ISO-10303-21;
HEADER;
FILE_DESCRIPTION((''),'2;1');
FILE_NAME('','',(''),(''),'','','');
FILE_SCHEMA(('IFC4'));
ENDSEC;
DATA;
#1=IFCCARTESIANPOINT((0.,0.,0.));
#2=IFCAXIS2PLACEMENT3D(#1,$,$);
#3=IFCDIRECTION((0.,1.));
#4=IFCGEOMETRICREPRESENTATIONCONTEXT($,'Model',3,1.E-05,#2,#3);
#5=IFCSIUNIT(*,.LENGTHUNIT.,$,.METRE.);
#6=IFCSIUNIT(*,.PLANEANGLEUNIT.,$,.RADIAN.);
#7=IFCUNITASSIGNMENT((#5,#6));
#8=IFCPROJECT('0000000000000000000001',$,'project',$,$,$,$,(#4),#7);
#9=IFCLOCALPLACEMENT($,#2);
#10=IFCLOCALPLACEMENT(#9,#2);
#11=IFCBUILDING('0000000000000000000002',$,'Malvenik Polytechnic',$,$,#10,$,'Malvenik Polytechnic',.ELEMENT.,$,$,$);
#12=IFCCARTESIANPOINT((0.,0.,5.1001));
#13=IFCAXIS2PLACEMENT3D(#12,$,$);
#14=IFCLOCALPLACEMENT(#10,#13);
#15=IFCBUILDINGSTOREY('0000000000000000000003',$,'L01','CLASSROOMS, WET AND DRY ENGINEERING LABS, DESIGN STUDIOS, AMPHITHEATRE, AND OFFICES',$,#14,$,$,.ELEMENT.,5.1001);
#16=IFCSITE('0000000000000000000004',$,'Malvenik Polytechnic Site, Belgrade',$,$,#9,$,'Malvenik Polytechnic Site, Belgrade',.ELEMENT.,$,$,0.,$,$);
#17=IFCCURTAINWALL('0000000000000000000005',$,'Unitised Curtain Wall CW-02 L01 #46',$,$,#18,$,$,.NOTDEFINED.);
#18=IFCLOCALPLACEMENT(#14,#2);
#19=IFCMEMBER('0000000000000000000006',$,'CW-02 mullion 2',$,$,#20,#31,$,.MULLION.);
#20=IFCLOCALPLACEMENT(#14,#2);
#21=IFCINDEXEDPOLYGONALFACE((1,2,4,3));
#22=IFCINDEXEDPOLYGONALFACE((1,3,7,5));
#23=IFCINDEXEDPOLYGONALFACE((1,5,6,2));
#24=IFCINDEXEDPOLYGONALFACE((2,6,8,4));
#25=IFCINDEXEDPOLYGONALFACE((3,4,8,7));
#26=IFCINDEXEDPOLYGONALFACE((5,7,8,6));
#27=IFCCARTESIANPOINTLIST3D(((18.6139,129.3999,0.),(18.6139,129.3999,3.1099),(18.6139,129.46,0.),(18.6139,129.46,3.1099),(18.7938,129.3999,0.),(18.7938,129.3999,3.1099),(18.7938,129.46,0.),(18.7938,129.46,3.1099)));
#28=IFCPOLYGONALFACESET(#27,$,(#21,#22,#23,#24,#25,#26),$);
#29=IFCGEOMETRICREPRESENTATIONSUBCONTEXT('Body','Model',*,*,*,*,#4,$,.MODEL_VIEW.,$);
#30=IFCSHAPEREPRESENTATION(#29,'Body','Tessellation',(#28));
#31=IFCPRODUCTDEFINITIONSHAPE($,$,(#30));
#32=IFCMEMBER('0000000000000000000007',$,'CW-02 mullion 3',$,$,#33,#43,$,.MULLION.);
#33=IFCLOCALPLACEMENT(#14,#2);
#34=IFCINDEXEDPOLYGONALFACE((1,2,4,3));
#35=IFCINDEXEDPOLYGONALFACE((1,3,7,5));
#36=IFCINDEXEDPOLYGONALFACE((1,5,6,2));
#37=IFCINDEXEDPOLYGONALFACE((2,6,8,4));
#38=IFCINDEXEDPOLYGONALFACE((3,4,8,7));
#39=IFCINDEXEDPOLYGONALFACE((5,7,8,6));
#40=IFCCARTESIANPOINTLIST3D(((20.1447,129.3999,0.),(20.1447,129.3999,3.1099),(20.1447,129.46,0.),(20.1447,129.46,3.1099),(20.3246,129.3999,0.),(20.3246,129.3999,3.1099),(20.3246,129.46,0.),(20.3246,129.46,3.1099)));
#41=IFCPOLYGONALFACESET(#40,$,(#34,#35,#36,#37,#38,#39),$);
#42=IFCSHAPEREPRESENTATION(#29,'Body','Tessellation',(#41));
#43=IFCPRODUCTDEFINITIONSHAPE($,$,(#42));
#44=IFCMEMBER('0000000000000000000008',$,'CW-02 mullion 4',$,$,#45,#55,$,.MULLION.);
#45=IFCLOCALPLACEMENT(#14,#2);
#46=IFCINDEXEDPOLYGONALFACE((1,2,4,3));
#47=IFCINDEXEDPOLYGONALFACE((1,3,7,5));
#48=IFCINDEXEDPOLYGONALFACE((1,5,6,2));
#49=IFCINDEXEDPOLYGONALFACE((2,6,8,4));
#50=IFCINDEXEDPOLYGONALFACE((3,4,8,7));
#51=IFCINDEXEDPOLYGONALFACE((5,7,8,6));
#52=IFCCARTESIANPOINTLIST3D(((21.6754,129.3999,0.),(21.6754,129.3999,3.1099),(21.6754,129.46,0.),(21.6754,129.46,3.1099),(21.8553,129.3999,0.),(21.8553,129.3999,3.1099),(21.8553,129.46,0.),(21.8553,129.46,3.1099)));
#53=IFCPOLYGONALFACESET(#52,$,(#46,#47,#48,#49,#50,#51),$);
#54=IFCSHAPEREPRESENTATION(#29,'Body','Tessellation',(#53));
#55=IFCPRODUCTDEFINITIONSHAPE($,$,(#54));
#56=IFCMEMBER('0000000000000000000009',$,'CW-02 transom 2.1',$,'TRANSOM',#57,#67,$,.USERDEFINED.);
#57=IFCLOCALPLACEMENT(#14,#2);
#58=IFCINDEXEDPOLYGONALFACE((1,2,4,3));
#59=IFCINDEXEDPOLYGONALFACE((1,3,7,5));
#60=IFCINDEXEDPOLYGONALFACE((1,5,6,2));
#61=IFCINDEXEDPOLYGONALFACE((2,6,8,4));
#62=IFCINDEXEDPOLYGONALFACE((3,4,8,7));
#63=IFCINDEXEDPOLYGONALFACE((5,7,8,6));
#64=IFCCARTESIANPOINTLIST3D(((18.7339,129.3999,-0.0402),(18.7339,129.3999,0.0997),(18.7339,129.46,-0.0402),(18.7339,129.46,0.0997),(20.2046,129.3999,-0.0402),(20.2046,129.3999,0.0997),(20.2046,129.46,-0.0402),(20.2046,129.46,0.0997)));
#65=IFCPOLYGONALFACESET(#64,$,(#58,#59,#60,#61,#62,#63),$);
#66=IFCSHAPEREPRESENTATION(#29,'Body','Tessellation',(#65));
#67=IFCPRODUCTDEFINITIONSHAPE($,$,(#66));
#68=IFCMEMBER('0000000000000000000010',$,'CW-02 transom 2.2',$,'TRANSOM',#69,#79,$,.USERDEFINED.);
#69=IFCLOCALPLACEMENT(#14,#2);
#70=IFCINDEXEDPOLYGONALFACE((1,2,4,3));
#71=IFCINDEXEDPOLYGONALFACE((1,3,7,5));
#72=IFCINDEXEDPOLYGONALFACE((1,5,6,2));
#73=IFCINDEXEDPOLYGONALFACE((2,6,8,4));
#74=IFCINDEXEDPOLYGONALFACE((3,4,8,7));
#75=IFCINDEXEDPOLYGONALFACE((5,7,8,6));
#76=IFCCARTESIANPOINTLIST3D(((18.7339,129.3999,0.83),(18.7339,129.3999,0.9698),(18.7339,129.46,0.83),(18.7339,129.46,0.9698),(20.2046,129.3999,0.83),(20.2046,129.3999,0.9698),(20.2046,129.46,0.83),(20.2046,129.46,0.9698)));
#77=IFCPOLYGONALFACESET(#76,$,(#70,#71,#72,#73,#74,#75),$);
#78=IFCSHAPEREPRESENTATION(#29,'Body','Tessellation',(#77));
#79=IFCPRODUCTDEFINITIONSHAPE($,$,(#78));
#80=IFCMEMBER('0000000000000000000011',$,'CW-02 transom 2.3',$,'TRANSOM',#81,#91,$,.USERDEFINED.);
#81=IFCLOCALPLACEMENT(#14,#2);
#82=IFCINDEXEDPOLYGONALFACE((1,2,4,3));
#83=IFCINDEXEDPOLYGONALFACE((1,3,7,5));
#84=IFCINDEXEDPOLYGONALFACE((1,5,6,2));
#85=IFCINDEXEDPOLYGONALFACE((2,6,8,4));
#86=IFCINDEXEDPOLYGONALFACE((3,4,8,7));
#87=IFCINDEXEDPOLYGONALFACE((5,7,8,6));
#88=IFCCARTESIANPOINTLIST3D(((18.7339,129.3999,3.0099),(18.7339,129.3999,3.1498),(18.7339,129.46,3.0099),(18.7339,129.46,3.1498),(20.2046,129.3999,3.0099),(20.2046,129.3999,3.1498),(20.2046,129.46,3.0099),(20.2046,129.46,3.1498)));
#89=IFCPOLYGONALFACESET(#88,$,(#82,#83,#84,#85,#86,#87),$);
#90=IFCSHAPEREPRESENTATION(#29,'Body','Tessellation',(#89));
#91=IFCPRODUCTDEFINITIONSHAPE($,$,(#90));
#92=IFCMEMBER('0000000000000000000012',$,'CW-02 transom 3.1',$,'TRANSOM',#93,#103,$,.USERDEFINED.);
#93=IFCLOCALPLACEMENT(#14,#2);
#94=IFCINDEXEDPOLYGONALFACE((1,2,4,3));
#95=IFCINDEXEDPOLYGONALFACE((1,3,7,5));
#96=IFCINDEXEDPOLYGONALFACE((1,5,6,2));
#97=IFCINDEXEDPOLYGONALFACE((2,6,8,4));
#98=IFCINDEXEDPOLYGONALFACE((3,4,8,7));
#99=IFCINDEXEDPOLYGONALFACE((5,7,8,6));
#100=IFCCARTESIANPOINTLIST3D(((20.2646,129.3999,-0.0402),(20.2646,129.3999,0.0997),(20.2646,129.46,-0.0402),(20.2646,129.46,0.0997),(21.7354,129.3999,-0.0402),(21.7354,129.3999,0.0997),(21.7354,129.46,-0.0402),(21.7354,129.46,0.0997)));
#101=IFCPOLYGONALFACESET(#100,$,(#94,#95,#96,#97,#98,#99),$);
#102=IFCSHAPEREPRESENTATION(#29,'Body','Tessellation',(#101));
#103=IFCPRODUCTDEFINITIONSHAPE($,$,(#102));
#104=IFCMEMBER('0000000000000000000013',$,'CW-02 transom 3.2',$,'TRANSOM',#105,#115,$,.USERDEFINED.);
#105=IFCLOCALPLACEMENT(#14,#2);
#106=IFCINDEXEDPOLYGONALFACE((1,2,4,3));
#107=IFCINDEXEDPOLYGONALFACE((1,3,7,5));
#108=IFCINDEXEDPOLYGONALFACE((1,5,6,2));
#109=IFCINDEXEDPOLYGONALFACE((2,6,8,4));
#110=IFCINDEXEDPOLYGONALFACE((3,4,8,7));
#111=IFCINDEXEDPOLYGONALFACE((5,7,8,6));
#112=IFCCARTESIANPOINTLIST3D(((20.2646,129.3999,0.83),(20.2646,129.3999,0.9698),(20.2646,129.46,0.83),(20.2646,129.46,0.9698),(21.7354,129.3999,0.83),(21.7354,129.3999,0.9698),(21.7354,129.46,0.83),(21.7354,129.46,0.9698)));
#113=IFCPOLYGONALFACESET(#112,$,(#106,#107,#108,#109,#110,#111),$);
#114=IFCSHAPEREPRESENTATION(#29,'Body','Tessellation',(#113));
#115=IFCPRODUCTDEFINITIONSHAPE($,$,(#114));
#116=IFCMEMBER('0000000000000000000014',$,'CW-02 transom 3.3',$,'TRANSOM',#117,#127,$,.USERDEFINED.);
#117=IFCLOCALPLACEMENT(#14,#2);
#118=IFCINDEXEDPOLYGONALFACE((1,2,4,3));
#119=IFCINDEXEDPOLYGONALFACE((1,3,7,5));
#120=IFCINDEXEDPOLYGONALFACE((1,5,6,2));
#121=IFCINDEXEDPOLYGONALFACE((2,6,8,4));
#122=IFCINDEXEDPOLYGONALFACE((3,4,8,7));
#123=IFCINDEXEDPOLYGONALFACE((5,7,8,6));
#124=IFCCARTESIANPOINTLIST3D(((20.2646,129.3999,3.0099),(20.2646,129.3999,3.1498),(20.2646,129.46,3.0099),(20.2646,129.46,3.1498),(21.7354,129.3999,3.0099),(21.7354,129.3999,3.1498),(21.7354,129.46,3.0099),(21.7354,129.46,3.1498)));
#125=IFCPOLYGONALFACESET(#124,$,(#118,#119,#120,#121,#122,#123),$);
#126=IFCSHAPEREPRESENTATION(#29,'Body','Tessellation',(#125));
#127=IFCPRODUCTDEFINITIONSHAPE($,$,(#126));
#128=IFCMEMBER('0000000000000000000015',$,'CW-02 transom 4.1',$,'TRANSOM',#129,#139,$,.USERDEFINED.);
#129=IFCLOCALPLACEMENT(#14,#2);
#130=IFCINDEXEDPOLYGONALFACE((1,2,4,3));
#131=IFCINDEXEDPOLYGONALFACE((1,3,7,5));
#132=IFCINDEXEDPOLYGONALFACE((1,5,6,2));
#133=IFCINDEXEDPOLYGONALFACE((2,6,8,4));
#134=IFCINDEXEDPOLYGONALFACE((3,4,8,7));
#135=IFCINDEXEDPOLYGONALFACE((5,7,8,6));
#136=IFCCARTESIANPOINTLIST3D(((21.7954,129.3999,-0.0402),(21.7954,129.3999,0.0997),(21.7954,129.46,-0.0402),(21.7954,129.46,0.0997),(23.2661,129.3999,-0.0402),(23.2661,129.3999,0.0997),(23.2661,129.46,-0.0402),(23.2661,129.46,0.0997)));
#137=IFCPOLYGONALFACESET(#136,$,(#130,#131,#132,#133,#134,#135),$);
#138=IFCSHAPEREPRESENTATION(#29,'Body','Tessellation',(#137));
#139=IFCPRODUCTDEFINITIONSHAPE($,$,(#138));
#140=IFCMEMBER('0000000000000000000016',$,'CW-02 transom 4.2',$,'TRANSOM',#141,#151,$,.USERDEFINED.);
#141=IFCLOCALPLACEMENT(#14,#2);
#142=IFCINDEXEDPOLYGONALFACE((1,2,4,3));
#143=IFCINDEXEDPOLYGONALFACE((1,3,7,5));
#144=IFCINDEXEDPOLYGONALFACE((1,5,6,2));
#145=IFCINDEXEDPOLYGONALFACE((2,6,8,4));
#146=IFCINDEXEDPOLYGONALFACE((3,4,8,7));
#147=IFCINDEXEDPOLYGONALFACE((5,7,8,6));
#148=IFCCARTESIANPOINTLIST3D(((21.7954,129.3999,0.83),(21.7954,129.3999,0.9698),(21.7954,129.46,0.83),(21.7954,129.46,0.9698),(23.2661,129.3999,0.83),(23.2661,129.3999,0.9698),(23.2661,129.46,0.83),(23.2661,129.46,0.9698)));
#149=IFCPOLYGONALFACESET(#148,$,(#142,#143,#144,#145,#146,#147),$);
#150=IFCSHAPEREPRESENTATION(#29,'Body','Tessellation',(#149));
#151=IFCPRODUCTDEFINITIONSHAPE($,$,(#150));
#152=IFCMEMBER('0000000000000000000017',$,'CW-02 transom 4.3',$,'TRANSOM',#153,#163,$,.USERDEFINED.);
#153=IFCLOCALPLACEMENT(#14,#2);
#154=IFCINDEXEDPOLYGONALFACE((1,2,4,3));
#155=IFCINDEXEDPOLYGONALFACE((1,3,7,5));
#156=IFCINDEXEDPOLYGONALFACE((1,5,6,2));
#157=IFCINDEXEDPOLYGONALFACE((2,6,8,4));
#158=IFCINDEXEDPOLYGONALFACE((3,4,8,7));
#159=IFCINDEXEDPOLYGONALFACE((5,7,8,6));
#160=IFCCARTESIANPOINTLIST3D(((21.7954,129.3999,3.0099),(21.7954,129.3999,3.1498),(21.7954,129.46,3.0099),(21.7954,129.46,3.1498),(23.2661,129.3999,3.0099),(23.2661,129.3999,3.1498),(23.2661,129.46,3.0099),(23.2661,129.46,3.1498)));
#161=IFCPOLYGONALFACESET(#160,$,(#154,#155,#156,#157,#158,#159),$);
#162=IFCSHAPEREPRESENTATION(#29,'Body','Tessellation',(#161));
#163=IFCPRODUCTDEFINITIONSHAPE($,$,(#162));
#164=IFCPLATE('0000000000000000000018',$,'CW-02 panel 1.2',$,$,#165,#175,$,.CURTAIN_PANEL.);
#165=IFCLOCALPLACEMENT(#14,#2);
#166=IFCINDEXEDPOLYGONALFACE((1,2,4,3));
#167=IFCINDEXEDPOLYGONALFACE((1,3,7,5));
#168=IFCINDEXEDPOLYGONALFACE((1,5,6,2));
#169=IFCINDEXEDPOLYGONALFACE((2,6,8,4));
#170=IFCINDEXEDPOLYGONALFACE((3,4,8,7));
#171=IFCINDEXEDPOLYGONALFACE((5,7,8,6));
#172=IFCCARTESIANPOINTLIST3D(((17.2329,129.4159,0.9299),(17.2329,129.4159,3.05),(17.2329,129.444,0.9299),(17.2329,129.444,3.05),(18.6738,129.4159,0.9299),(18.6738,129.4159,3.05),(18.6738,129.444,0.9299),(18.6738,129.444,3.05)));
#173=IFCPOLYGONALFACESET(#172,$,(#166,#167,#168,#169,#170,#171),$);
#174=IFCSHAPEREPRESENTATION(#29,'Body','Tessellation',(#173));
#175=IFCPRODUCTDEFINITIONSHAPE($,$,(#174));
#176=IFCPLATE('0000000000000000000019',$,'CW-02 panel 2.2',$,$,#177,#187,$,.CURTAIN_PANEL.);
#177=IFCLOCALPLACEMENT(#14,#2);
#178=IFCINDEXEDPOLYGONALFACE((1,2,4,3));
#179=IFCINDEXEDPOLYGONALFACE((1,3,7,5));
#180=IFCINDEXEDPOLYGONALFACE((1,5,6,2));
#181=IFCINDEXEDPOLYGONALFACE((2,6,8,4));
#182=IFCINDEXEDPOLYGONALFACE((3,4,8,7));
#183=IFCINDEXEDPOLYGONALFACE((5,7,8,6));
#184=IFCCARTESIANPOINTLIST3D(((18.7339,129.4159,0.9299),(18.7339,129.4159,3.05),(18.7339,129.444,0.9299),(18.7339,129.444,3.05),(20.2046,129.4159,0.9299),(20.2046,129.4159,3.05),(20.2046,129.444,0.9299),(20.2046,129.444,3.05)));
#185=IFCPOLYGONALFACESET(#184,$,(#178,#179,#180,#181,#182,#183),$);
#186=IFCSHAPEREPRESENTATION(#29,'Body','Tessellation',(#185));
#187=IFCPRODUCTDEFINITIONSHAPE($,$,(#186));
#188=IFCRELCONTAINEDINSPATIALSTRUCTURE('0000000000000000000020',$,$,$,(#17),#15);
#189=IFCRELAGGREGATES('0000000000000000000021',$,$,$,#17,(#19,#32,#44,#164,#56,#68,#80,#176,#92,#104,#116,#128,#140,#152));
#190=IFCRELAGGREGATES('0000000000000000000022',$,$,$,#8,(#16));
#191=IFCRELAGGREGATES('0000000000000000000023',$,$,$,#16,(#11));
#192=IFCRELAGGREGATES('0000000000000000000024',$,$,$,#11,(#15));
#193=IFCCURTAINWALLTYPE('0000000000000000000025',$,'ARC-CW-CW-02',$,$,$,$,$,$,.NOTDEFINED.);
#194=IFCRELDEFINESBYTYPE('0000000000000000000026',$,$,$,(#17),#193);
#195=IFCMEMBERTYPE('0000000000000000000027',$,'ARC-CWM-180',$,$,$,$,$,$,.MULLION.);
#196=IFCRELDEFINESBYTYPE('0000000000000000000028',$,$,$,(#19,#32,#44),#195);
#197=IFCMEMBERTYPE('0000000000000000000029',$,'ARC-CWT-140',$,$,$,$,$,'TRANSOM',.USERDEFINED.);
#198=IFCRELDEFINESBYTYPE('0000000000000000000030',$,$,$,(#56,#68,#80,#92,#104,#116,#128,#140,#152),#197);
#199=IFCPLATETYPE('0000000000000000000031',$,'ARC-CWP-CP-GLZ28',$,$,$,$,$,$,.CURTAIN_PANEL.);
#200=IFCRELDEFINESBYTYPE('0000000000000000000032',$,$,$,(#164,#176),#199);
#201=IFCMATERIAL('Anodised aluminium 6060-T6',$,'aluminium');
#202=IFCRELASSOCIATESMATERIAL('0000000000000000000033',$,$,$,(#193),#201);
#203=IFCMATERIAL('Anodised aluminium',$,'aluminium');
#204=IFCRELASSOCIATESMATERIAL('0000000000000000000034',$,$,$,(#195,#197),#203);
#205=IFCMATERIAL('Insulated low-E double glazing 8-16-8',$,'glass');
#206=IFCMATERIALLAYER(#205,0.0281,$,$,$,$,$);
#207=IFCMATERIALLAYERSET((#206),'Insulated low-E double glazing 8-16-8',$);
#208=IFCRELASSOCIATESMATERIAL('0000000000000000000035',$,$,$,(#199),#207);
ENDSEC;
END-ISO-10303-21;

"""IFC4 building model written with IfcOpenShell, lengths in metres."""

from ifc_helpers import new_model, si_unit, direction, frame, origin, origin_2d, place, context, subcontext, project, spatial, rectangle, extrude, material, layer, layer_set, material_profile, profile_set, type_object, element, aggregate, save


model = new_model("IFC4")

# Units and contexts
model_context = context("Model", 3, precision=1e-05, world=origin(), true_north=direction((0.0, 1.0)))
body_context = subcontext(model_context, "Body", "Model", "MODEL_VIEW")
ifc_project = project(units=[si_unit("LENGTHUNIT", "METRE"), si_unit("PLANEANGLEUNIT", "RADIAN")], contexts=[model_context])

# Site, building, storey
site_placement = place(None, origin())
site = spatial("IfcSite", under=ifc_project, at=site_placement, Name="Malvenik Polytechnic Site, Belgrade", LongName="Malvenik Polytechnic Site, Belgrade", CompositionType="ELEMENT", RefElevation=0.0)
building_placement = place(site_placement, origin())
building = spatial("IfcBuilding", under=site, at=building_placement, Name="Malvenik Polytechnic", LongName="Malvenik Polytechnic", CompositionType="ELEMENT")
storey_placement = place(building_placement, frame((0.0, 0.0, 5.1001)))
storey = spatial("IfcBuildingStorey", under=building, at=storey_placement, Name="L01", Description="CLASSROOMS, WET AND DRY ENGINEERING LABS, DESIGN STUDIOS, AMPHITHEATRE, AND OFFICES", CompositionType="ELEMENT", Elevation=5.1001)

# Curtain wall, members, plates
ifc_material_1 = material(Name="Anodised aluminium 6060-T6", Category="aluminium")
curtain_wall_type = type_object("IfcCurtainWallType", Name="ARC-CW-CW-02", PredefinedType="NOTDEFINED", material=ifc_material_1)
curtain_wall_placement = place(storey_placement, origin())
curtain_wall = element("IfcCurtainWall", 1, at=curtain_wall_placement, inside=storey, type_object=curtain_wall_type, Name="Unitised Curtain Wall CW-02 L01 #46", PredefinedType="NOTDEFINED")
ifc_material_2 = material(Name="Anodised aluminium", Category="aluminium")
ifc_material_profile_1 = material_profile(ifc_material_2, rectangle(XDim=0.0601, YDim=0.1799, at=origin_2d()), Name="ALU MULLION 60x180")
ifc_profile_set_1 = profile_set([ifc_material_profile_1], Name="Anodised aluminium")
member_type_1 = type_object("IfcMemberType", Name="ARC-CWM-180", PredefinedType="MULLION", material=ifc_profile_set_1)
member_1_placement = place(storey_placement, frame((18.7039, 129.4299, 0.0), z_axis=(0.0, 0.0, 1.0), x_axis=(0.0, 1.0, 0.0)))
member_1 = element("IfcMember", 2, at=member_1_placement, type_object=member_type_1, Name="CW-02 mullion 2", PredefinedType="MULLION", context=body_context, shape_type="SweptSolid", body=[
    extrude(rectangle(XDim=0.0601, YDim=0.1799, at=origin_2d()), origin(), (0.0, 0.0, 1.0), 3.1099),
])
member_2_placement = place(storey_placement, frame((20.2346, 129.4299, 0.0), z_axis=(0.0, 0.0, 1.0), x_axis=(0.0, 1.0, 0.0)))
member_2 = element("IfcMember", 3, at=member_2_placement, type_object=member_type_1, Name="CW-02 mullion 3", PredefinedType="MULLION", context=body_context, shape_type="SweptSolid", body=[
    extrude(rectangle(XDim=0.0601, YDim=0.1799, at=origin_2d()), origin(), (0.0, 0.0, 1.0), 3.1099),
])
member_3_placement = place(storey_placement, frame((21.7654, 129.4299, 0.0), z_axis=(0.0, 0.0, 1.0), x_axis=(0.0, 1.0, 0.0)))
member_3 = element("IfcMember", 4, at=member_3_placement, type_object=member_type_1, Name="CW-02 mullion 4", PredefinedType="MULLION", context=body_context, shape_type="SweptSolid", body=[
    extrude(rectangle(XDim=0.0601, YDim=0.1799, at=origin_2d()), origin(), (0.0, 0.0, 1.0), 3.1099),
])
ifc_material_profile_2 = material_profile(ifc_material_2, rectangle(XDim=0.0601, YDim=0.1399, at=origin_2d()), Name="ALU TRANSOM 60x140")
ifc_profile_set_2 = profile_set([ifc_material_profile_2], Name="Anodised aluminium")
member_type_2 = type_object("IfcMemberType", Name="ARC-CWT-140", ElementType="TRANSOM", PredefinedType="USERDEFINED", material=ifc_profile_set_2)
member_4_placement = place(storey_placement, frame((18.7339, 129.4299, 0.0298), z_axis=(1.0, 0.0, 0.0), x_axis=(0.0, 1.0, 0.0)))
member_4 = element("IfcMember", 5, at=member_4_placement, type_object=member_type_2, Name="CW-02 transom 2.1", ObjectType="TRANSOM", PredefinedType="USERDEFINED", context=body_context, shape_type="SweptSolid", body=[
    extrude(rectangle(XDim=0.0601, YDim=0.1399, at=origin_2d()), origin(), (0.0, 0.0, 1.0), 1.4707),
])
member_5_placement = place(storey_placement, frame((18.7339, 129.4299, 0.8999), z_axis=(1.0, 0.0, 0.0), x_axis=(0.0, 1.0, 0.0)))
member_5 = element("IfcMember", 6, at=member_5_placement, type_object=member_type_2, Name="CW-02 transom 2.2", ObjectType="TRANSOM", PredefinedType="USERDEFINED", context=body_context, shape_type="SweptSolid", body=[
    extrude(rectangle(XDim=0.0601, YDim=0.1399, at=origin_2d()), origin(), (0.0, 0.0, 1.0), 1.4707),
])
member_6_placement = place(storey_placement, frame((18.7339, 129.4299, 3.0798), z_axis=(1.0, 0.0, 0.0), x_axis=(0.0, 1.0, 0.0)))
member_6 = element("IfcMember", 7, at=member_6_placement, type_object=member_type_2, Name="CW-02 transom 2.3", ObjectType="TRANSOM", PredefinedType="USERDEFINED", context=body_context, shape_type="SweptSolid", body=[
    extrude(rectangle(XDim=0.0601, YDim=0.1399, at=origin_2d()), origin(), (0.0, 0.0, 1.0), 1.4707),
])
member_7_placement = place(storey_placement, frame((20.2646, 129.4299, 0.0298), z_axis=(1.0, 0.0, 0.0), x_axis=(0.0, 1.0, 0.0)))
member_7 = element("IfcMember", 8, at=member_7_placement, type_object=member_type_2, Name="CW-02 transom 3.1", ObjectType="TRANSOM", PredefinedType="USERDEFINED", context=body_context, shape_type="SweptSolid", body=[
    extrude(rectangle(XDim=0.0601, YDim=0.1399, at=origin_2d()), origin(), (0.0, 0.0, 1.0), 1.4707),
])
member_8_placement = place(storey_placement, frame((20.2646, 129.4299, 0.8999), z_axis=(1.0, 0.0, 0.0), x_axis=(0.0, 1.0, 0.0)))
member_8 = element("IfcMember", 9, at=member_8_placement, type_object=member_type_2, Name="CW-02 transom 3.2", ObjectType="TRANSOM", PredefinedType="USERDEFINED", context=body_context, shape_type="SweptSolid", body=[
    extrude(rectangle(XDim=0.0601, YDim=0.1399, at=origin_2d()), origin(), (0.0, 0.0, 1.0), 1.4707),
])
member_9_placement = place(storey_placement, frame((20.2646, 129.4299, 3.0798), z_axis=(1.0, 0.0, 0.0), x_axis=(0.0, 1.0, 0.0)))
member_9 = element("IfcMember", 10, at=member_9_placement, type_object=member_type_2, Name="CW-02 transom 3.3", ObjectType="TRANSOM", PredefinedType="USERDEFINED", context=body_context, shape_type="SweptSolid", body=[
    extrude(rectangle(XDim=0.0601, YDim=0.1399, at=origin_2d()), origin(), (0.0, 0.0, 1.0), 1.4707),
])
member_10_placement = place(storey_placement, frame((21.7954, 129.4299, 0.0298), z_axis=(1.0, 0.0, 0.0), x_axis=(0.0, 1.0, 0.0)))
member_10 = element("IfcMember", 11, at=member_10_placement, type_object=member_type_2, Name="CW-02 transom 4.1", ObjectType="TRANSOM", PredefinedType="USERDEFINED", context=body_context, shape_type="SweptSolid", body=[
    extrude(rectangle(XDim=0.0601, YDim=0.1399, at=origin_2d()), origin(), (0.0, 0.0, 1.0), 1.4707),
])
member_11_placement = place(storey_placement, frame((21.7954, 129.4299, 0.8999), z_axis=(1.0, 0.0, 0.0), x_axis=(0.0, 1.0, 0.0)))
member_11 = element("IfcMember", 12, at=member_11_placement, type_object=member_type_2, Name="CW-02 transom 4.2", ObjectType="TRANSOM", PredefinedType="USERDEFINED", context=body_context, shape_type="SweptSolid", body=[
    extrude(rectangle(XDim=0.0601, YDim=0.1399, at=origin_2d()), origin(), (0.0, 0.0, 1.0), 1.4707),
])
member_12_placement = place(storey_placement, frame((21.7954, 129.4299, 3.0798), z_axis=(1.0, 0.0, 0.0), x_axis=(0.0, 1.0, 0.0)))
member_12 = element("IfcMember", 13, at=member_12_placement, type_object=member_type_2, Name="CW-02 transom 4.3", ObjectType="TRANSOM", PredefinedType="USERDEFINED", context=body_context, shape_type="SweptSolid", body=[
    extrude(rectangle(XDim=0.0601, YDim=0.1399, at=origin_2d()), origin(), (0.0, 0.0, 1.0), 1.4707),
])
ifc_material_3 = material(Name="Insulated low-E double glazing 8-16-8", Category="glass")
ifc_layer_1 = layer(ifc_material_3, 0.0281)
ifc_layer_set_1 = layer_set([ifc_layer_1], Name="Insulated low-E double glazing 8-16-8")
plate_type_1 = type_object("IfcPlateType", Name="ARC-CWP-CP-GLZ28", PredefinedType="CURTAIN_PANEL", material=ifc_layer_set_1)
plate_1_placement = place(storey_placement, frame((17.9534, 129.4299, 0.9299), z_axis=(0.0, 0.0, 1.0), x_axis=(1.0, 0.0, 0.0)))
plate_1 = element("IfcPlate", 14, at=plate_1_placement, type_object=plate_type_1, Name="CW-02 panel 1.2", PredefinedType="CURTAIN_PANEL", context=body_context, shape_type="SweptSolid", body=[
    extrude(rectangle(XDim=1.4409, YDim=0.0281, at=origin_2d()), origin(), (0.0, 0.0, 1.0), 2.1201),
])
plate_2_placement = place(storey_placement, frame((19.4692, 129.4299, 0.9299), z_axis=(0.0, 0.0, 1.0), x_axis=(1.0, 0.0, 0.0)))
plate_2 = element("IfcPlate", 15, at=plate_2_placement, type_object=plate_type_1, Name="CW-02 panel 2.2", PredefinedType="CURTAIN_PANEL", context=body_context, shape_type="SweptSolid", body=[
    extrude(rectangle(XDim=1.4707, YDim=0.0281, at=origin_2d()), origin(), (0.0, 0.0, 1.0), 2.1201),
])
aggregate(curtain_wall, [member_1, member_2, member_3, plate_1, member_4, member_5, member_6, plate_2, member_7, member_8, member_9, member_10, member_11, member_12])

save(model, "model.ifc")
